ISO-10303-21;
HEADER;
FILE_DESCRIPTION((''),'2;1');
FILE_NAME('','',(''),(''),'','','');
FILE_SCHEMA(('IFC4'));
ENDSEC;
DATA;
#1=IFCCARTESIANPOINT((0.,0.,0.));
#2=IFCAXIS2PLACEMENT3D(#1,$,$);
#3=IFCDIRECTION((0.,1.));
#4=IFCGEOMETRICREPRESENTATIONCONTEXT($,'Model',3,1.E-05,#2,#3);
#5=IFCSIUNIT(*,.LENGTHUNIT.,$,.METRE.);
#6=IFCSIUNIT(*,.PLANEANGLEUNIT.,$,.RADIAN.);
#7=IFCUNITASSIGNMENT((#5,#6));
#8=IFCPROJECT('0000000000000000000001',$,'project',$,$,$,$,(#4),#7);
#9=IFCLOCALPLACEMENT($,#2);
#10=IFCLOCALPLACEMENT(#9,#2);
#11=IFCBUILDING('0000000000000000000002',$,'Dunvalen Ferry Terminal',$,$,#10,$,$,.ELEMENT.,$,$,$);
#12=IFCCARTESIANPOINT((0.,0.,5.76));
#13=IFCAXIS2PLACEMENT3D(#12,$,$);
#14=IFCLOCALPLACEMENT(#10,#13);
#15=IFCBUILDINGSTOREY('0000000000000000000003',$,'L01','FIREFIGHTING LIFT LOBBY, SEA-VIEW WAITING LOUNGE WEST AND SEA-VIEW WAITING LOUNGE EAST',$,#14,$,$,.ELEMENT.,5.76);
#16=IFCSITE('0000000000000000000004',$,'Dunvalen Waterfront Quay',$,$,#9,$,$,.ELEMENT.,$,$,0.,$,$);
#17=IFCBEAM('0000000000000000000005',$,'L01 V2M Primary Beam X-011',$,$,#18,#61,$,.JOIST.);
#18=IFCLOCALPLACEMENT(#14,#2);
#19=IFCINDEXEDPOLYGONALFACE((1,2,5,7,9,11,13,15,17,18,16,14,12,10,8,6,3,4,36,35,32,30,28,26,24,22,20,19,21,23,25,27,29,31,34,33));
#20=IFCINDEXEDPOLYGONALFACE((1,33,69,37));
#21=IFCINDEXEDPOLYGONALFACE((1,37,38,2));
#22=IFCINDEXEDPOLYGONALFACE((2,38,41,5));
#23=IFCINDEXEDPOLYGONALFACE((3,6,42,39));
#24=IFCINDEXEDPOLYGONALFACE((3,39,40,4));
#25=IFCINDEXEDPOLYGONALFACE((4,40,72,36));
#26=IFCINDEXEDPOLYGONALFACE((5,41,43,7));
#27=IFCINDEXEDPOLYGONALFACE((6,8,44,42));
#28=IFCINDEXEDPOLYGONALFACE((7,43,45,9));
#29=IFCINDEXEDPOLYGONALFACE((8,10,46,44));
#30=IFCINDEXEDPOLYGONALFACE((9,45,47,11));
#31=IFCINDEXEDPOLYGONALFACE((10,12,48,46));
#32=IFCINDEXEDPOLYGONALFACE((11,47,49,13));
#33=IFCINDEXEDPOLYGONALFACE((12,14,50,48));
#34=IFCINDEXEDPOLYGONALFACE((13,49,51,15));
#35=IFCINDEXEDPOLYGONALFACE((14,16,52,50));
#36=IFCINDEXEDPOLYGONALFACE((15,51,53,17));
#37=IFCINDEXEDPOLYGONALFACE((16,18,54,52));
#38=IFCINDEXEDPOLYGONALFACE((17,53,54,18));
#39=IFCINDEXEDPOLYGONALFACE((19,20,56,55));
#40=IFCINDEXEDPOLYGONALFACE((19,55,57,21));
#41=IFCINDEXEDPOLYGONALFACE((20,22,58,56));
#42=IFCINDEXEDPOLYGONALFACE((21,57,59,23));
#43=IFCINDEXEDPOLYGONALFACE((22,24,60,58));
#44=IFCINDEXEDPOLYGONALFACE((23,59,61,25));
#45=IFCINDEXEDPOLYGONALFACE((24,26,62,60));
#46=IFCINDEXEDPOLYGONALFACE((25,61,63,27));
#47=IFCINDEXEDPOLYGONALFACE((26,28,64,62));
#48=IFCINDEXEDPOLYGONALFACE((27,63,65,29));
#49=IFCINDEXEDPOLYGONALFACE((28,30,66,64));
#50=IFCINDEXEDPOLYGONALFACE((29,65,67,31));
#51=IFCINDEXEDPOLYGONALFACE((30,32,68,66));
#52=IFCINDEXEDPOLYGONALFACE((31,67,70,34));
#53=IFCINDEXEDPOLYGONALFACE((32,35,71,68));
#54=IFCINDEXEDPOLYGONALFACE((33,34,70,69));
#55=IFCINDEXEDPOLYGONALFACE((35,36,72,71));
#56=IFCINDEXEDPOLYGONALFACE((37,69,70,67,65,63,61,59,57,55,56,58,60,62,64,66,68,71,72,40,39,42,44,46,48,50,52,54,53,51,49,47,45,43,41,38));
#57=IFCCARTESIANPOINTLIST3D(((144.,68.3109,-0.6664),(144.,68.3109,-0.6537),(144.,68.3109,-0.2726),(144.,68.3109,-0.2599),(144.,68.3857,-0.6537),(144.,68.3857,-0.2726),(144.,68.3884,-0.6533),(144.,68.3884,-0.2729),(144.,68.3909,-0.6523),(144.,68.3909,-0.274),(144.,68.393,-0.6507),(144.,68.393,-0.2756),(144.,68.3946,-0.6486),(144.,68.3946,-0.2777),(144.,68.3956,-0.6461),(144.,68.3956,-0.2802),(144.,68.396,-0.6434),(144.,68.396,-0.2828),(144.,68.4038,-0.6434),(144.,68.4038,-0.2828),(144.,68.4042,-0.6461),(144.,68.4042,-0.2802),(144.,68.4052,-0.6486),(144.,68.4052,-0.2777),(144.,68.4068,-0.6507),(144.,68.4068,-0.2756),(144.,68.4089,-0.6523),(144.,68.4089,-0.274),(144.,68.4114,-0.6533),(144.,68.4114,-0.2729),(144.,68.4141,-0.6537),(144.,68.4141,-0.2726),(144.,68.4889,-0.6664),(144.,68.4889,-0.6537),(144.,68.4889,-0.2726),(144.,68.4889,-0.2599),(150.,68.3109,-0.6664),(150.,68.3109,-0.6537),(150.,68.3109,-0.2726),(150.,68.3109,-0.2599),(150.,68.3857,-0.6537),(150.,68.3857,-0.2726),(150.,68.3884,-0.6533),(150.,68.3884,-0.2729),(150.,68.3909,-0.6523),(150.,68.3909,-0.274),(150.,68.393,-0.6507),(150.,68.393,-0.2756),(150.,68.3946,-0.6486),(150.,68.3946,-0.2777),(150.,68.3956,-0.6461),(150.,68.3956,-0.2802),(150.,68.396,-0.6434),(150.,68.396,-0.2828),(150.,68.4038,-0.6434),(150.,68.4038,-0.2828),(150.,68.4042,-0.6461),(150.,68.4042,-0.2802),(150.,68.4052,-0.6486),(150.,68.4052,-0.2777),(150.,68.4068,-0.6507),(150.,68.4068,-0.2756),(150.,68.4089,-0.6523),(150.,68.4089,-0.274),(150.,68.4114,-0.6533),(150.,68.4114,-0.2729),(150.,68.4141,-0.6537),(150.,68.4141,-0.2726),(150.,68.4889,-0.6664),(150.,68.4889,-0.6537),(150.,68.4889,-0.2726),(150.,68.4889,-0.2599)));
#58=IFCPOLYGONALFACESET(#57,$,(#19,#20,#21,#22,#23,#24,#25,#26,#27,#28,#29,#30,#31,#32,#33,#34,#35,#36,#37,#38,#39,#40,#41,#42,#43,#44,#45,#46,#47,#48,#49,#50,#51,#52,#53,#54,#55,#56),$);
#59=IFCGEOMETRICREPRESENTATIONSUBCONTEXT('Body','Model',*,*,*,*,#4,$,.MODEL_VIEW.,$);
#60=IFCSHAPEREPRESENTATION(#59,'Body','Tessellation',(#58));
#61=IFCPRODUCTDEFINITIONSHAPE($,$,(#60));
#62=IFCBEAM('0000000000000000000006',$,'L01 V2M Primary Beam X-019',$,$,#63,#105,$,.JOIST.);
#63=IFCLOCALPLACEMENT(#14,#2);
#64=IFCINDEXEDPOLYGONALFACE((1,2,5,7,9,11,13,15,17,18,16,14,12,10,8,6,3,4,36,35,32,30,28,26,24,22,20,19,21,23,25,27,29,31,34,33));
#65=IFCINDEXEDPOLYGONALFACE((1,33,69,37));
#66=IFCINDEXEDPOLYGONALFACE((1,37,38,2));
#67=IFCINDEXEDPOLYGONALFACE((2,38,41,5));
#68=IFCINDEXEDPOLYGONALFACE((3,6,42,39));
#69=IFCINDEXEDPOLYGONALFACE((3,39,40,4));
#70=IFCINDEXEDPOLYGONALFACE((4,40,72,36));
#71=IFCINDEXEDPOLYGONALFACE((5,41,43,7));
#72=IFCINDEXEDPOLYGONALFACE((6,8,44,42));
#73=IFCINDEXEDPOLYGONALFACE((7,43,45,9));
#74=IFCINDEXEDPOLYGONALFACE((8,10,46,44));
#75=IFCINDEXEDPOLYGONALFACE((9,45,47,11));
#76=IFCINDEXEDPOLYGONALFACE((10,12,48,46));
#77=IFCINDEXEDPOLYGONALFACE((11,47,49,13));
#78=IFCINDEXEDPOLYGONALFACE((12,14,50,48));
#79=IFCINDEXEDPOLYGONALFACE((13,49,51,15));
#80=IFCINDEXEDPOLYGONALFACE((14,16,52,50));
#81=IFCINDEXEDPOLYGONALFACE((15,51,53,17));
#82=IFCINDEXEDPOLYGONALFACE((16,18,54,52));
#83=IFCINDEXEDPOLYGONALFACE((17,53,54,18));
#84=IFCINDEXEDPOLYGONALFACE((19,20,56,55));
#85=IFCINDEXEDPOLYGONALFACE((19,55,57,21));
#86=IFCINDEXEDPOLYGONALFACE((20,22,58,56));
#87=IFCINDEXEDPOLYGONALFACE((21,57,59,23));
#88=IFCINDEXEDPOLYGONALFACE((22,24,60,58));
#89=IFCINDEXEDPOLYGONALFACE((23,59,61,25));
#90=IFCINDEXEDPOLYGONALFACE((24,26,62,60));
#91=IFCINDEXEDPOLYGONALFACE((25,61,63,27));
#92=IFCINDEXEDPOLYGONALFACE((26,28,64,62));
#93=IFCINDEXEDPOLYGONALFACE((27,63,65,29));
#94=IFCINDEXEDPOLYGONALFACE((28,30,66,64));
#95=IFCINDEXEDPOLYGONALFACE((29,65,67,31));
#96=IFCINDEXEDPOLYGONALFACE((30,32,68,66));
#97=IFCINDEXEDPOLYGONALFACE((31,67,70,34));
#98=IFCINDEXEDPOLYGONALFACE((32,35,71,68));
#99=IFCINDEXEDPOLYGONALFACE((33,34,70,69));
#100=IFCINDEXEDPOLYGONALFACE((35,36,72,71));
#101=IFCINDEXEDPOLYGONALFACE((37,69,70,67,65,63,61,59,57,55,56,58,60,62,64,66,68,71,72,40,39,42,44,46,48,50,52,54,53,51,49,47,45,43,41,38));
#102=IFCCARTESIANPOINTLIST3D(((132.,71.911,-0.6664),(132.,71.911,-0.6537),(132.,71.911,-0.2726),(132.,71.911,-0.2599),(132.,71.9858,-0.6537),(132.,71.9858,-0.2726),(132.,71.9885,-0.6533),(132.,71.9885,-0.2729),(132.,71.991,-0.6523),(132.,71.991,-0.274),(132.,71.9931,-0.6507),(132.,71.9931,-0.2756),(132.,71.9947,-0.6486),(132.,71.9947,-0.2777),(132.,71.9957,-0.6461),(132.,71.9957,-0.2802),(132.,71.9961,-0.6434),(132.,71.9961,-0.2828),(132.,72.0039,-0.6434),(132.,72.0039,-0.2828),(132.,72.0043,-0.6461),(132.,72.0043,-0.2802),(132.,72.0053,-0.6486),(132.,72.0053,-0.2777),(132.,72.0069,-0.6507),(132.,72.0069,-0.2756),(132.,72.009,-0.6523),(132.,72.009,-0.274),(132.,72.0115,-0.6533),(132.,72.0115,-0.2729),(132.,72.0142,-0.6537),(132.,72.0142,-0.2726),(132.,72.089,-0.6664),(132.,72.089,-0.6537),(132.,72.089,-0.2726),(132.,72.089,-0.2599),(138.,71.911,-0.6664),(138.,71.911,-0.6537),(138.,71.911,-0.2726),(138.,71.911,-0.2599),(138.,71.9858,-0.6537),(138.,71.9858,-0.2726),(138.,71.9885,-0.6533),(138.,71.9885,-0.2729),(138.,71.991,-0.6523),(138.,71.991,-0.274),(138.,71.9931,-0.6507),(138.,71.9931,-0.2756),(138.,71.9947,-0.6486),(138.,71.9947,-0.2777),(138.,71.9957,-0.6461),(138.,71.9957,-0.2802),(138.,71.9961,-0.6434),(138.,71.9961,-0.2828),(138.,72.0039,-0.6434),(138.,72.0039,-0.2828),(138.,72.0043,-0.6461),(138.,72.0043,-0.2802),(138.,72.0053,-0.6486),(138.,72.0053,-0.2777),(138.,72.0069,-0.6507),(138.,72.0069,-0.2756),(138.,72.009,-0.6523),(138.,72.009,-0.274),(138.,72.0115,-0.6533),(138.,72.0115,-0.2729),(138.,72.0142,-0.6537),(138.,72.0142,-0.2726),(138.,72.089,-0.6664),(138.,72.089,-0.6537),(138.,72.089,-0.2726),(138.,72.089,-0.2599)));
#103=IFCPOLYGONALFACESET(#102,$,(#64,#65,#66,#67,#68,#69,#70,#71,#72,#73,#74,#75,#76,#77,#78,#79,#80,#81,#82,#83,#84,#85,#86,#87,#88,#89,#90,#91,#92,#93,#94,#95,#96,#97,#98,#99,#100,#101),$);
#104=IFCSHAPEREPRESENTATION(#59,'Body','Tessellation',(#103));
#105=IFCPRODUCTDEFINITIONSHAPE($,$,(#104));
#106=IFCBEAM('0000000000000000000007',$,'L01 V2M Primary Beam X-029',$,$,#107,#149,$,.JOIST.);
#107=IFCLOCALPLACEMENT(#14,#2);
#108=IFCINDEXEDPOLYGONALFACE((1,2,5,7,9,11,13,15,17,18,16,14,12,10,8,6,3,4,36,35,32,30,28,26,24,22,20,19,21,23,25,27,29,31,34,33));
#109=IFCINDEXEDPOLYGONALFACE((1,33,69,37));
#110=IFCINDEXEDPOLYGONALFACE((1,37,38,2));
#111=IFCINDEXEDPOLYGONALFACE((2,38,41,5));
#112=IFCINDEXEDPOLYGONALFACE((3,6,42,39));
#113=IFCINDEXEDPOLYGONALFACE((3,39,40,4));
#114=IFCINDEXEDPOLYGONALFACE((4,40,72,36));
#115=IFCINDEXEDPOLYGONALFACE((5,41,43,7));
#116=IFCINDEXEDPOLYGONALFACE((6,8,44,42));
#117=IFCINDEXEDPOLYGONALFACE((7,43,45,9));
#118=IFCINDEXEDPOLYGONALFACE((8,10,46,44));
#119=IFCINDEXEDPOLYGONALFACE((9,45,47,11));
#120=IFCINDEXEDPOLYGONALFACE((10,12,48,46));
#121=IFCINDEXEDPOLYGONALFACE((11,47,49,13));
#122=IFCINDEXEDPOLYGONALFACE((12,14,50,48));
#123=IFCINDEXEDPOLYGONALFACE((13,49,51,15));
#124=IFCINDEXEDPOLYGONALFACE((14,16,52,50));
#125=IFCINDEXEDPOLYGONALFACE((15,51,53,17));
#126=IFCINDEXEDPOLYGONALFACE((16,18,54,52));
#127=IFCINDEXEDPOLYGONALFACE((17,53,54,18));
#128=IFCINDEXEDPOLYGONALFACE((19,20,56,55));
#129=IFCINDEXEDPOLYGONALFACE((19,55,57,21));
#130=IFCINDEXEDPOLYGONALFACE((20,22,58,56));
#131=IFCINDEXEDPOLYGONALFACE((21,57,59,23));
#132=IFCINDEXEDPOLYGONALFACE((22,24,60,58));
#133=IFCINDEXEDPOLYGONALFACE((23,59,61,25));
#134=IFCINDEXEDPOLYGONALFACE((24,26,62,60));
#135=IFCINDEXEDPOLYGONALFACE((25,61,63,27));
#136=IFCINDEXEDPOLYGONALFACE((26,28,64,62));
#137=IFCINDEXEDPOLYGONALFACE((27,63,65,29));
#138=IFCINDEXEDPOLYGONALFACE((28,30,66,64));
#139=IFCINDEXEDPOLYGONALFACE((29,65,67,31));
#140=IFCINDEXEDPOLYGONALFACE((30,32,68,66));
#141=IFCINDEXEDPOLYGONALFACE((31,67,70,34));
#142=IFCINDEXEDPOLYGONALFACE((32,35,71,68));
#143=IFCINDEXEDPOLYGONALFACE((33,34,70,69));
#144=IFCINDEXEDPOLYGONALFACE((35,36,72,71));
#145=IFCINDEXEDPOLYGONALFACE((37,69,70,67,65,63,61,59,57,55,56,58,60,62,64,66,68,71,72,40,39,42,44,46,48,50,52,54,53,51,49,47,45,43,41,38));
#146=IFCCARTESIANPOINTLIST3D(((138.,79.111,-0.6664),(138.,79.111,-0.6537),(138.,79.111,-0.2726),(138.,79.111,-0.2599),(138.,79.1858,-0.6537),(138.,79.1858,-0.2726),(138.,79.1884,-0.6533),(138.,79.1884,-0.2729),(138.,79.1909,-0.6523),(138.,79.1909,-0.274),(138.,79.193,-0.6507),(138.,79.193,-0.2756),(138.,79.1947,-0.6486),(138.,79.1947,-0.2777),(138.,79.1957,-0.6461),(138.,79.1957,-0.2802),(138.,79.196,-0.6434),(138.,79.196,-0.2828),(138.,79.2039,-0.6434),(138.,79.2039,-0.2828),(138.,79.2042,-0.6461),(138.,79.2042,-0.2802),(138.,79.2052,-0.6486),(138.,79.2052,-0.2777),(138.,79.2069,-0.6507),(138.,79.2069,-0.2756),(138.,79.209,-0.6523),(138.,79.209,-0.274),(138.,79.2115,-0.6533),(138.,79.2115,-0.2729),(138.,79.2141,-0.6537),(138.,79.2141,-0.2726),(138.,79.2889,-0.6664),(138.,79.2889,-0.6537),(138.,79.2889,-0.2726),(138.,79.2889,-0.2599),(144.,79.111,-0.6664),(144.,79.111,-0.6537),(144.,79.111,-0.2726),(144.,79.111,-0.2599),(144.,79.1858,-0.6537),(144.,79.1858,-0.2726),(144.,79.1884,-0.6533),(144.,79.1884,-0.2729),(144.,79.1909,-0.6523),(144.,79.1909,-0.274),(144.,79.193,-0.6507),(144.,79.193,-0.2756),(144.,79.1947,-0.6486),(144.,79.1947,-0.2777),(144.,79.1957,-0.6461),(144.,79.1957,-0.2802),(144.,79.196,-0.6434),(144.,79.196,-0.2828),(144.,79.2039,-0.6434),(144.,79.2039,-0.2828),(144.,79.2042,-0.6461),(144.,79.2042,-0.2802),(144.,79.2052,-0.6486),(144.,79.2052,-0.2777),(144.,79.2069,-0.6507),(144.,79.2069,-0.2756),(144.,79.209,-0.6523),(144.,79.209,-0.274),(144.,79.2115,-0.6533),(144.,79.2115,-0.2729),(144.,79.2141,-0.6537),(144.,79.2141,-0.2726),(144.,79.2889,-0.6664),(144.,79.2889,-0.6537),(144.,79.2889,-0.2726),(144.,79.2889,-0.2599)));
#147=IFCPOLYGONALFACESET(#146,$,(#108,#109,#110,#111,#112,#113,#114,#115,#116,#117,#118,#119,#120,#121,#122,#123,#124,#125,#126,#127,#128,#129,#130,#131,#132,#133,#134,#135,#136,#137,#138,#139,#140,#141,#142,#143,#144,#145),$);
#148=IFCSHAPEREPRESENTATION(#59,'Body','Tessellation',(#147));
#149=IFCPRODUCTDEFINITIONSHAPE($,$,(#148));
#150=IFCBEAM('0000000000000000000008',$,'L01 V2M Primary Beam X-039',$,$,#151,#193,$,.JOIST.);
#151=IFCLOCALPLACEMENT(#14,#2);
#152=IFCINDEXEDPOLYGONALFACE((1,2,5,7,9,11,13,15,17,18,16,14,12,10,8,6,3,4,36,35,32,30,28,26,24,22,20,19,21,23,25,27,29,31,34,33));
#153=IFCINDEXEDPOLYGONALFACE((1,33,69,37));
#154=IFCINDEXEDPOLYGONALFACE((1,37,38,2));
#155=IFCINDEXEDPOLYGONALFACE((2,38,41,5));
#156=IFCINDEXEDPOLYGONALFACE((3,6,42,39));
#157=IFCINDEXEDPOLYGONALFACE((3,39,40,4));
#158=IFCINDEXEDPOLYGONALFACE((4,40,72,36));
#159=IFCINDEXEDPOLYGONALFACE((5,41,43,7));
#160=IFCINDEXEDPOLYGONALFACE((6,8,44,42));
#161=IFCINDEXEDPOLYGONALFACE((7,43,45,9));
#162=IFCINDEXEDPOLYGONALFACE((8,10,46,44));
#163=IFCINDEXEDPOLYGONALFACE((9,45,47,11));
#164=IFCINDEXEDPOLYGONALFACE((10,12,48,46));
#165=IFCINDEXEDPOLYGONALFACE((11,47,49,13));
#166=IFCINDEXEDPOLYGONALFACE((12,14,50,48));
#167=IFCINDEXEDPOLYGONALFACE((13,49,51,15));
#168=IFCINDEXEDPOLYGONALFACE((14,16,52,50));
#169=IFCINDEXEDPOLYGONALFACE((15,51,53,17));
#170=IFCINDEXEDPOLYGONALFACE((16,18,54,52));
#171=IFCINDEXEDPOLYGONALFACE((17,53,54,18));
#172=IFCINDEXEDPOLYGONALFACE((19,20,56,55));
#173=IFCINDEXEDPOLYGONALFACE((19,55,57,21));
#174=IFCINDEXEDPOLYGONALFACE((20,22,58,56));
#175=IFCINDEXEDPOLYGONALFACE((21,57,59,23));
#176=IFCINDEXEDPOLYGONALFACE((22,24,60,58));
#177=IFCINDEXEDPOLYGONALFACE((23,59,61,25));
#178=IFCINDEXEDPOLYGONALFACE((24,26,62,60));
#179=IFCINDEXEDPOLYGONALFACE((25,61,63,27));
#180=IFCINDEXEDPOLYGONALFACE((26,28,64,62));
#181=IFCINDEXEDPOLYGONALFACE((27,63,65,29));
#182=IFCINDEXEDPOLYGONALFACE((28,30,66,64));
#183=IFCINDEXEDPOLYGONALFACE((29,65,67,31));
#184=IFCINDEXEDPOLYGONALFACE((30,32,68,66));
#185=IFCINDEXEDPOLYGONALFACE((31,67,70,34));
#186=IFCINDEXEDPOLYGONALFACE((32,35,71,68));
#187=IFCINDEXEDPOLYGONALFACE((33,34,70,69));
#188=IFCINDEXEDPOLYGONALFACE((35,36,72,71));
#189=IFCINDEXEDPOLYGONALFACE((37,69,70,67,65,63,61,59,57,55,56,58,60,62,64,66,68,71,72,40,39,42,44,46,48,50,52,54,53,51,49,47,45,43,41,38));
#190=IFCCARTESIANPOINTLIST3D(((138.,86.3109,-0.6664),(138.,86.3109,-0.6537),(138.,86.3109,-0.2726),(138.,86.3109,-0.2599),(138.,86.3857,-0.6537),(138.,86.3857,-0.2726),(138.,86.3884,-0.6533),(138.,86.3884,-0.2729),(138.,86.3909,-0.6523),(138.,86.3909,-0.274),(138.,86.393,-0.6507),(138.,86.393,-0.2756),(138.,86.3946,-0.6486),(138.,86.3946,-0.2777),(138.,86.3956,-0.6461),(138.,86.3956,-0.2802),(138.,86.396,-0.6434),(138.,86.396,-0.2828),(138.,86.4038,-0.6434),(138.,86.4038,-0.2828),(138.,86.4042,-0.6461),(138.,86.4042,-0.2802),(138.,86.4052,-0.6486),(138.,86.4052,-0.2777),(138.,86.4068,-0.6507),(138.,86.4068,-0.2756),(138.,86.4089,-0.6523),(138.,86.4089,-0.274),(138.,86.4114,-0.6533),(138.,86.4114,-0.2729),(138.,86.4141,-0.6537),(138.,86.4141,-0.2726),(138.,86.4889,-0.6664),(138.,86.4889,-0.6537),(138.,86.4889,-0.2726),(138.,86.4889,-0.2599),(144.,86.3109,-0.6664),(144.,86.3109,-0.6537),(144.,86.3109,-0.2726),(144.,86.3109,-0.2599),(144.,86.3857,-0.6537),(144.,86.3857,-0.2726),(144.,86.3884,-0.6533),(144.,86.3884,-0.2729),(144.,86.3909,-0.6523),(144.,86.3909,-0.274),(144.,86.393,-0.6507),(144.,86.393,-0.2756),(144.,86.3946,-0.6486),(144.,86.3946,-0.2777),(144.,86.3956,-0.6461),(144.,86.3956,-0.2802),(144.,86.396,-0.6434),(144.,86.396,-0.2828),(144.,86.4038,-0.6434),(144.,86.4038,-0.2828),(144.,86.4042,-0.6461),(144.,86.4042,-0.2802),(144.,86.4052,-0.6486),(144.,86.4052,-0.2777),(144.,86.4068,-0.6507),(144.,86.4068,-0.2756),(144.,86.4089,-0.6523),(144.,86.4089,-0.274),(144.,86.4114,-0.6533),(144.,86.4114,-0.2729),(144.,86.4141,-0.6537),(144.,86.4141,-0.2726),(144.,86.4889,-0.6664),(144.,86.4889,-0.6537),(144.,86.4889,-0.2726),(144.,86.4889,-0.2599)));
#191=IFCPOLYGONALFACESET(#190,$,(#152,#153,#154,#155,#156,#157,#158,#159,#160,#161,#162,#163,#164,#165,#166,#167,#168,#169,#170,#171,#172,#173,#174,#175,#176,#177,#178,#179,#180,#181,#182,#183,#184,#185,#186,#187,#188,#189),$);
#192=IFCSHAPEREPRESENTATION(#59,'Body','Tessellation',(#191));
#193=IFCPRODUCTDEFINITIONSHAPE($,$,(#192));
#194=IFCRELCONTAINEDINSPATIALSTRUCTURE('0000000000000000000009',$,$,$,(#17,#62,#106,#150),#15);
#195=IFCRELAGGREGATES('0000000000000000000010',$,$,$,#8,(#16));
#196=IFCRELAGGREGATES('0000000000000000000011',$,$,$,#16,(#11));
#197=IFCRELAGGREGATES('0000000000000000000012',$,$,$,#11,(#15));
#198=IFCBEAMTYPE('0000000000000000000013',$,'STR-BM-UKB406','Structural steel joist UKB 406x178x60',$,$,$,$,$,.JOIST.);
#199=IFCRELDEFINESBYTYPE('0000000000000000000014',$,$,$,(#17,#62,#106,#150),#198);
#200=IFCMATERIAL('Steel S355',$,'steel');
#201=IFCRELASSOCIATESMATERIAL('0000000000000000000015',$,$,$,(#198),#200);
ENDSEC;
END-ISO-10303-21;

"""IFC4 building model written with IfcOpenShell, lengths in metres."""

from ifc_helpers import new_model, si_unit, direction, frame, origin, origin_2d, place, context, subcontext, project, spatial, i_section, extrude, material, material_profile, profile_set, type_object, element, save


model = new_model("IFC4")

# Units and contexts
model_context = context("Model", 3, precision=1e-05, world=origin(), true_north=direction((0.0, 1.0)))
body_context = subcontext(model_context, "Body", "Model", "MODEL_VIEW")
ifc_project = project(units=[si_unit("LENGTHUNIT", "METRE"), si_unit("PLANEANGLEUNIT", "RADIAN")], contexts=[model_context])

# Site, building, storey
site_placement = place(None, origin())
site = spatial("IfcSite", under=ifc_project, at=site_placement, Name="Dunvalen Waterfront Quay", CompositionType="ELEMENT", RefElevation=0.0)
building_placement = place(site_placement, origin())
building = spatial("IfcBuilding", under=site, at=building_placement, Name="Dunvalen Ferry Terminal", CompositionType="ELEMENT")
storey_placement = place(building_placement, frame((0.0, 0.0, 5.76)))
storey = spatial("IfcBuildingStorey", under=building, at=storey_placement, Name="L01", Description="FIREFIGHTING LIFT LOBBY, SEA-VIEW WAITING LOUNGE WEST AND SEA-VIEW WAITING LOUNGE EAST", CompositionType="ELEMENT", Elevation=5.76)

# Beams
ifc_material_1 = material(Name="Steel S355", Category="steel")
ifc_material_profile_1 = material_profile(ifc_material_1, i_section(OverallWidth=0.178, OverallDepth=0.4065, WebThickness=0.0078, FlangeThickness=0.0127, FilletRadius=0.0103, at=origin_2d()), Name="Steel S355")
ifc_profile_set_1 = profile_set([ifc_material_profile_1], Name="Steel S355")
beam_type_1 = type_object("IfcBeamType", Name="STR-BM-UKB406", Description="Structural steel joist UKB 406x178x60", PredefinedType="JOIST", material=ifc_profile_set_1)
for number, where, z_axis, x_axis, name in (
    (1, (144.0, 68.3999, -0.4631), (1.0, 0.0, 0.0), (0.0, 1.0, 0.0), "L01 V2M Primary Beam X-011"),
    (2, (132.0, 72.0, -0.4631), (1.0, 0.0, 0.0), (0.0, 1.0, 0.0), "L01 V2M Primary Beam X-019"),
    (3, (138.0, 79.2, -0.4631), (1.0, 0.0, 0.0), (0.0, 1.0, 0.0), "L01 V2M Primary Beam X-029"),
    (4, (138.0, 86.3999, -0.4631), (1.0, 0.0, 0.0), (0.0, 1.0, 0.0), "L01 V2M Primary Beam X-039"),
):
    element("IfcBeam", number, at=place(storey_placement, frame(where, z_axis=z_axis, x_axis=x_axis)), inside=storey, type_object=beam_type_1, Name=name, PredefinedType="JOIST", context=body_context, shape_type="SweptSolid", body=[
        extrude(i_section(OverallWidth=0.178, OverallDepth=0.4065, WebThickness=0.0078, FlangeThickness=0.0127, FilletRadius=0.0103, at=origin_2d()), origin(), (0.0, 0.0, 1.0), 6.0),
    ])

save(model, "model.ifc")
